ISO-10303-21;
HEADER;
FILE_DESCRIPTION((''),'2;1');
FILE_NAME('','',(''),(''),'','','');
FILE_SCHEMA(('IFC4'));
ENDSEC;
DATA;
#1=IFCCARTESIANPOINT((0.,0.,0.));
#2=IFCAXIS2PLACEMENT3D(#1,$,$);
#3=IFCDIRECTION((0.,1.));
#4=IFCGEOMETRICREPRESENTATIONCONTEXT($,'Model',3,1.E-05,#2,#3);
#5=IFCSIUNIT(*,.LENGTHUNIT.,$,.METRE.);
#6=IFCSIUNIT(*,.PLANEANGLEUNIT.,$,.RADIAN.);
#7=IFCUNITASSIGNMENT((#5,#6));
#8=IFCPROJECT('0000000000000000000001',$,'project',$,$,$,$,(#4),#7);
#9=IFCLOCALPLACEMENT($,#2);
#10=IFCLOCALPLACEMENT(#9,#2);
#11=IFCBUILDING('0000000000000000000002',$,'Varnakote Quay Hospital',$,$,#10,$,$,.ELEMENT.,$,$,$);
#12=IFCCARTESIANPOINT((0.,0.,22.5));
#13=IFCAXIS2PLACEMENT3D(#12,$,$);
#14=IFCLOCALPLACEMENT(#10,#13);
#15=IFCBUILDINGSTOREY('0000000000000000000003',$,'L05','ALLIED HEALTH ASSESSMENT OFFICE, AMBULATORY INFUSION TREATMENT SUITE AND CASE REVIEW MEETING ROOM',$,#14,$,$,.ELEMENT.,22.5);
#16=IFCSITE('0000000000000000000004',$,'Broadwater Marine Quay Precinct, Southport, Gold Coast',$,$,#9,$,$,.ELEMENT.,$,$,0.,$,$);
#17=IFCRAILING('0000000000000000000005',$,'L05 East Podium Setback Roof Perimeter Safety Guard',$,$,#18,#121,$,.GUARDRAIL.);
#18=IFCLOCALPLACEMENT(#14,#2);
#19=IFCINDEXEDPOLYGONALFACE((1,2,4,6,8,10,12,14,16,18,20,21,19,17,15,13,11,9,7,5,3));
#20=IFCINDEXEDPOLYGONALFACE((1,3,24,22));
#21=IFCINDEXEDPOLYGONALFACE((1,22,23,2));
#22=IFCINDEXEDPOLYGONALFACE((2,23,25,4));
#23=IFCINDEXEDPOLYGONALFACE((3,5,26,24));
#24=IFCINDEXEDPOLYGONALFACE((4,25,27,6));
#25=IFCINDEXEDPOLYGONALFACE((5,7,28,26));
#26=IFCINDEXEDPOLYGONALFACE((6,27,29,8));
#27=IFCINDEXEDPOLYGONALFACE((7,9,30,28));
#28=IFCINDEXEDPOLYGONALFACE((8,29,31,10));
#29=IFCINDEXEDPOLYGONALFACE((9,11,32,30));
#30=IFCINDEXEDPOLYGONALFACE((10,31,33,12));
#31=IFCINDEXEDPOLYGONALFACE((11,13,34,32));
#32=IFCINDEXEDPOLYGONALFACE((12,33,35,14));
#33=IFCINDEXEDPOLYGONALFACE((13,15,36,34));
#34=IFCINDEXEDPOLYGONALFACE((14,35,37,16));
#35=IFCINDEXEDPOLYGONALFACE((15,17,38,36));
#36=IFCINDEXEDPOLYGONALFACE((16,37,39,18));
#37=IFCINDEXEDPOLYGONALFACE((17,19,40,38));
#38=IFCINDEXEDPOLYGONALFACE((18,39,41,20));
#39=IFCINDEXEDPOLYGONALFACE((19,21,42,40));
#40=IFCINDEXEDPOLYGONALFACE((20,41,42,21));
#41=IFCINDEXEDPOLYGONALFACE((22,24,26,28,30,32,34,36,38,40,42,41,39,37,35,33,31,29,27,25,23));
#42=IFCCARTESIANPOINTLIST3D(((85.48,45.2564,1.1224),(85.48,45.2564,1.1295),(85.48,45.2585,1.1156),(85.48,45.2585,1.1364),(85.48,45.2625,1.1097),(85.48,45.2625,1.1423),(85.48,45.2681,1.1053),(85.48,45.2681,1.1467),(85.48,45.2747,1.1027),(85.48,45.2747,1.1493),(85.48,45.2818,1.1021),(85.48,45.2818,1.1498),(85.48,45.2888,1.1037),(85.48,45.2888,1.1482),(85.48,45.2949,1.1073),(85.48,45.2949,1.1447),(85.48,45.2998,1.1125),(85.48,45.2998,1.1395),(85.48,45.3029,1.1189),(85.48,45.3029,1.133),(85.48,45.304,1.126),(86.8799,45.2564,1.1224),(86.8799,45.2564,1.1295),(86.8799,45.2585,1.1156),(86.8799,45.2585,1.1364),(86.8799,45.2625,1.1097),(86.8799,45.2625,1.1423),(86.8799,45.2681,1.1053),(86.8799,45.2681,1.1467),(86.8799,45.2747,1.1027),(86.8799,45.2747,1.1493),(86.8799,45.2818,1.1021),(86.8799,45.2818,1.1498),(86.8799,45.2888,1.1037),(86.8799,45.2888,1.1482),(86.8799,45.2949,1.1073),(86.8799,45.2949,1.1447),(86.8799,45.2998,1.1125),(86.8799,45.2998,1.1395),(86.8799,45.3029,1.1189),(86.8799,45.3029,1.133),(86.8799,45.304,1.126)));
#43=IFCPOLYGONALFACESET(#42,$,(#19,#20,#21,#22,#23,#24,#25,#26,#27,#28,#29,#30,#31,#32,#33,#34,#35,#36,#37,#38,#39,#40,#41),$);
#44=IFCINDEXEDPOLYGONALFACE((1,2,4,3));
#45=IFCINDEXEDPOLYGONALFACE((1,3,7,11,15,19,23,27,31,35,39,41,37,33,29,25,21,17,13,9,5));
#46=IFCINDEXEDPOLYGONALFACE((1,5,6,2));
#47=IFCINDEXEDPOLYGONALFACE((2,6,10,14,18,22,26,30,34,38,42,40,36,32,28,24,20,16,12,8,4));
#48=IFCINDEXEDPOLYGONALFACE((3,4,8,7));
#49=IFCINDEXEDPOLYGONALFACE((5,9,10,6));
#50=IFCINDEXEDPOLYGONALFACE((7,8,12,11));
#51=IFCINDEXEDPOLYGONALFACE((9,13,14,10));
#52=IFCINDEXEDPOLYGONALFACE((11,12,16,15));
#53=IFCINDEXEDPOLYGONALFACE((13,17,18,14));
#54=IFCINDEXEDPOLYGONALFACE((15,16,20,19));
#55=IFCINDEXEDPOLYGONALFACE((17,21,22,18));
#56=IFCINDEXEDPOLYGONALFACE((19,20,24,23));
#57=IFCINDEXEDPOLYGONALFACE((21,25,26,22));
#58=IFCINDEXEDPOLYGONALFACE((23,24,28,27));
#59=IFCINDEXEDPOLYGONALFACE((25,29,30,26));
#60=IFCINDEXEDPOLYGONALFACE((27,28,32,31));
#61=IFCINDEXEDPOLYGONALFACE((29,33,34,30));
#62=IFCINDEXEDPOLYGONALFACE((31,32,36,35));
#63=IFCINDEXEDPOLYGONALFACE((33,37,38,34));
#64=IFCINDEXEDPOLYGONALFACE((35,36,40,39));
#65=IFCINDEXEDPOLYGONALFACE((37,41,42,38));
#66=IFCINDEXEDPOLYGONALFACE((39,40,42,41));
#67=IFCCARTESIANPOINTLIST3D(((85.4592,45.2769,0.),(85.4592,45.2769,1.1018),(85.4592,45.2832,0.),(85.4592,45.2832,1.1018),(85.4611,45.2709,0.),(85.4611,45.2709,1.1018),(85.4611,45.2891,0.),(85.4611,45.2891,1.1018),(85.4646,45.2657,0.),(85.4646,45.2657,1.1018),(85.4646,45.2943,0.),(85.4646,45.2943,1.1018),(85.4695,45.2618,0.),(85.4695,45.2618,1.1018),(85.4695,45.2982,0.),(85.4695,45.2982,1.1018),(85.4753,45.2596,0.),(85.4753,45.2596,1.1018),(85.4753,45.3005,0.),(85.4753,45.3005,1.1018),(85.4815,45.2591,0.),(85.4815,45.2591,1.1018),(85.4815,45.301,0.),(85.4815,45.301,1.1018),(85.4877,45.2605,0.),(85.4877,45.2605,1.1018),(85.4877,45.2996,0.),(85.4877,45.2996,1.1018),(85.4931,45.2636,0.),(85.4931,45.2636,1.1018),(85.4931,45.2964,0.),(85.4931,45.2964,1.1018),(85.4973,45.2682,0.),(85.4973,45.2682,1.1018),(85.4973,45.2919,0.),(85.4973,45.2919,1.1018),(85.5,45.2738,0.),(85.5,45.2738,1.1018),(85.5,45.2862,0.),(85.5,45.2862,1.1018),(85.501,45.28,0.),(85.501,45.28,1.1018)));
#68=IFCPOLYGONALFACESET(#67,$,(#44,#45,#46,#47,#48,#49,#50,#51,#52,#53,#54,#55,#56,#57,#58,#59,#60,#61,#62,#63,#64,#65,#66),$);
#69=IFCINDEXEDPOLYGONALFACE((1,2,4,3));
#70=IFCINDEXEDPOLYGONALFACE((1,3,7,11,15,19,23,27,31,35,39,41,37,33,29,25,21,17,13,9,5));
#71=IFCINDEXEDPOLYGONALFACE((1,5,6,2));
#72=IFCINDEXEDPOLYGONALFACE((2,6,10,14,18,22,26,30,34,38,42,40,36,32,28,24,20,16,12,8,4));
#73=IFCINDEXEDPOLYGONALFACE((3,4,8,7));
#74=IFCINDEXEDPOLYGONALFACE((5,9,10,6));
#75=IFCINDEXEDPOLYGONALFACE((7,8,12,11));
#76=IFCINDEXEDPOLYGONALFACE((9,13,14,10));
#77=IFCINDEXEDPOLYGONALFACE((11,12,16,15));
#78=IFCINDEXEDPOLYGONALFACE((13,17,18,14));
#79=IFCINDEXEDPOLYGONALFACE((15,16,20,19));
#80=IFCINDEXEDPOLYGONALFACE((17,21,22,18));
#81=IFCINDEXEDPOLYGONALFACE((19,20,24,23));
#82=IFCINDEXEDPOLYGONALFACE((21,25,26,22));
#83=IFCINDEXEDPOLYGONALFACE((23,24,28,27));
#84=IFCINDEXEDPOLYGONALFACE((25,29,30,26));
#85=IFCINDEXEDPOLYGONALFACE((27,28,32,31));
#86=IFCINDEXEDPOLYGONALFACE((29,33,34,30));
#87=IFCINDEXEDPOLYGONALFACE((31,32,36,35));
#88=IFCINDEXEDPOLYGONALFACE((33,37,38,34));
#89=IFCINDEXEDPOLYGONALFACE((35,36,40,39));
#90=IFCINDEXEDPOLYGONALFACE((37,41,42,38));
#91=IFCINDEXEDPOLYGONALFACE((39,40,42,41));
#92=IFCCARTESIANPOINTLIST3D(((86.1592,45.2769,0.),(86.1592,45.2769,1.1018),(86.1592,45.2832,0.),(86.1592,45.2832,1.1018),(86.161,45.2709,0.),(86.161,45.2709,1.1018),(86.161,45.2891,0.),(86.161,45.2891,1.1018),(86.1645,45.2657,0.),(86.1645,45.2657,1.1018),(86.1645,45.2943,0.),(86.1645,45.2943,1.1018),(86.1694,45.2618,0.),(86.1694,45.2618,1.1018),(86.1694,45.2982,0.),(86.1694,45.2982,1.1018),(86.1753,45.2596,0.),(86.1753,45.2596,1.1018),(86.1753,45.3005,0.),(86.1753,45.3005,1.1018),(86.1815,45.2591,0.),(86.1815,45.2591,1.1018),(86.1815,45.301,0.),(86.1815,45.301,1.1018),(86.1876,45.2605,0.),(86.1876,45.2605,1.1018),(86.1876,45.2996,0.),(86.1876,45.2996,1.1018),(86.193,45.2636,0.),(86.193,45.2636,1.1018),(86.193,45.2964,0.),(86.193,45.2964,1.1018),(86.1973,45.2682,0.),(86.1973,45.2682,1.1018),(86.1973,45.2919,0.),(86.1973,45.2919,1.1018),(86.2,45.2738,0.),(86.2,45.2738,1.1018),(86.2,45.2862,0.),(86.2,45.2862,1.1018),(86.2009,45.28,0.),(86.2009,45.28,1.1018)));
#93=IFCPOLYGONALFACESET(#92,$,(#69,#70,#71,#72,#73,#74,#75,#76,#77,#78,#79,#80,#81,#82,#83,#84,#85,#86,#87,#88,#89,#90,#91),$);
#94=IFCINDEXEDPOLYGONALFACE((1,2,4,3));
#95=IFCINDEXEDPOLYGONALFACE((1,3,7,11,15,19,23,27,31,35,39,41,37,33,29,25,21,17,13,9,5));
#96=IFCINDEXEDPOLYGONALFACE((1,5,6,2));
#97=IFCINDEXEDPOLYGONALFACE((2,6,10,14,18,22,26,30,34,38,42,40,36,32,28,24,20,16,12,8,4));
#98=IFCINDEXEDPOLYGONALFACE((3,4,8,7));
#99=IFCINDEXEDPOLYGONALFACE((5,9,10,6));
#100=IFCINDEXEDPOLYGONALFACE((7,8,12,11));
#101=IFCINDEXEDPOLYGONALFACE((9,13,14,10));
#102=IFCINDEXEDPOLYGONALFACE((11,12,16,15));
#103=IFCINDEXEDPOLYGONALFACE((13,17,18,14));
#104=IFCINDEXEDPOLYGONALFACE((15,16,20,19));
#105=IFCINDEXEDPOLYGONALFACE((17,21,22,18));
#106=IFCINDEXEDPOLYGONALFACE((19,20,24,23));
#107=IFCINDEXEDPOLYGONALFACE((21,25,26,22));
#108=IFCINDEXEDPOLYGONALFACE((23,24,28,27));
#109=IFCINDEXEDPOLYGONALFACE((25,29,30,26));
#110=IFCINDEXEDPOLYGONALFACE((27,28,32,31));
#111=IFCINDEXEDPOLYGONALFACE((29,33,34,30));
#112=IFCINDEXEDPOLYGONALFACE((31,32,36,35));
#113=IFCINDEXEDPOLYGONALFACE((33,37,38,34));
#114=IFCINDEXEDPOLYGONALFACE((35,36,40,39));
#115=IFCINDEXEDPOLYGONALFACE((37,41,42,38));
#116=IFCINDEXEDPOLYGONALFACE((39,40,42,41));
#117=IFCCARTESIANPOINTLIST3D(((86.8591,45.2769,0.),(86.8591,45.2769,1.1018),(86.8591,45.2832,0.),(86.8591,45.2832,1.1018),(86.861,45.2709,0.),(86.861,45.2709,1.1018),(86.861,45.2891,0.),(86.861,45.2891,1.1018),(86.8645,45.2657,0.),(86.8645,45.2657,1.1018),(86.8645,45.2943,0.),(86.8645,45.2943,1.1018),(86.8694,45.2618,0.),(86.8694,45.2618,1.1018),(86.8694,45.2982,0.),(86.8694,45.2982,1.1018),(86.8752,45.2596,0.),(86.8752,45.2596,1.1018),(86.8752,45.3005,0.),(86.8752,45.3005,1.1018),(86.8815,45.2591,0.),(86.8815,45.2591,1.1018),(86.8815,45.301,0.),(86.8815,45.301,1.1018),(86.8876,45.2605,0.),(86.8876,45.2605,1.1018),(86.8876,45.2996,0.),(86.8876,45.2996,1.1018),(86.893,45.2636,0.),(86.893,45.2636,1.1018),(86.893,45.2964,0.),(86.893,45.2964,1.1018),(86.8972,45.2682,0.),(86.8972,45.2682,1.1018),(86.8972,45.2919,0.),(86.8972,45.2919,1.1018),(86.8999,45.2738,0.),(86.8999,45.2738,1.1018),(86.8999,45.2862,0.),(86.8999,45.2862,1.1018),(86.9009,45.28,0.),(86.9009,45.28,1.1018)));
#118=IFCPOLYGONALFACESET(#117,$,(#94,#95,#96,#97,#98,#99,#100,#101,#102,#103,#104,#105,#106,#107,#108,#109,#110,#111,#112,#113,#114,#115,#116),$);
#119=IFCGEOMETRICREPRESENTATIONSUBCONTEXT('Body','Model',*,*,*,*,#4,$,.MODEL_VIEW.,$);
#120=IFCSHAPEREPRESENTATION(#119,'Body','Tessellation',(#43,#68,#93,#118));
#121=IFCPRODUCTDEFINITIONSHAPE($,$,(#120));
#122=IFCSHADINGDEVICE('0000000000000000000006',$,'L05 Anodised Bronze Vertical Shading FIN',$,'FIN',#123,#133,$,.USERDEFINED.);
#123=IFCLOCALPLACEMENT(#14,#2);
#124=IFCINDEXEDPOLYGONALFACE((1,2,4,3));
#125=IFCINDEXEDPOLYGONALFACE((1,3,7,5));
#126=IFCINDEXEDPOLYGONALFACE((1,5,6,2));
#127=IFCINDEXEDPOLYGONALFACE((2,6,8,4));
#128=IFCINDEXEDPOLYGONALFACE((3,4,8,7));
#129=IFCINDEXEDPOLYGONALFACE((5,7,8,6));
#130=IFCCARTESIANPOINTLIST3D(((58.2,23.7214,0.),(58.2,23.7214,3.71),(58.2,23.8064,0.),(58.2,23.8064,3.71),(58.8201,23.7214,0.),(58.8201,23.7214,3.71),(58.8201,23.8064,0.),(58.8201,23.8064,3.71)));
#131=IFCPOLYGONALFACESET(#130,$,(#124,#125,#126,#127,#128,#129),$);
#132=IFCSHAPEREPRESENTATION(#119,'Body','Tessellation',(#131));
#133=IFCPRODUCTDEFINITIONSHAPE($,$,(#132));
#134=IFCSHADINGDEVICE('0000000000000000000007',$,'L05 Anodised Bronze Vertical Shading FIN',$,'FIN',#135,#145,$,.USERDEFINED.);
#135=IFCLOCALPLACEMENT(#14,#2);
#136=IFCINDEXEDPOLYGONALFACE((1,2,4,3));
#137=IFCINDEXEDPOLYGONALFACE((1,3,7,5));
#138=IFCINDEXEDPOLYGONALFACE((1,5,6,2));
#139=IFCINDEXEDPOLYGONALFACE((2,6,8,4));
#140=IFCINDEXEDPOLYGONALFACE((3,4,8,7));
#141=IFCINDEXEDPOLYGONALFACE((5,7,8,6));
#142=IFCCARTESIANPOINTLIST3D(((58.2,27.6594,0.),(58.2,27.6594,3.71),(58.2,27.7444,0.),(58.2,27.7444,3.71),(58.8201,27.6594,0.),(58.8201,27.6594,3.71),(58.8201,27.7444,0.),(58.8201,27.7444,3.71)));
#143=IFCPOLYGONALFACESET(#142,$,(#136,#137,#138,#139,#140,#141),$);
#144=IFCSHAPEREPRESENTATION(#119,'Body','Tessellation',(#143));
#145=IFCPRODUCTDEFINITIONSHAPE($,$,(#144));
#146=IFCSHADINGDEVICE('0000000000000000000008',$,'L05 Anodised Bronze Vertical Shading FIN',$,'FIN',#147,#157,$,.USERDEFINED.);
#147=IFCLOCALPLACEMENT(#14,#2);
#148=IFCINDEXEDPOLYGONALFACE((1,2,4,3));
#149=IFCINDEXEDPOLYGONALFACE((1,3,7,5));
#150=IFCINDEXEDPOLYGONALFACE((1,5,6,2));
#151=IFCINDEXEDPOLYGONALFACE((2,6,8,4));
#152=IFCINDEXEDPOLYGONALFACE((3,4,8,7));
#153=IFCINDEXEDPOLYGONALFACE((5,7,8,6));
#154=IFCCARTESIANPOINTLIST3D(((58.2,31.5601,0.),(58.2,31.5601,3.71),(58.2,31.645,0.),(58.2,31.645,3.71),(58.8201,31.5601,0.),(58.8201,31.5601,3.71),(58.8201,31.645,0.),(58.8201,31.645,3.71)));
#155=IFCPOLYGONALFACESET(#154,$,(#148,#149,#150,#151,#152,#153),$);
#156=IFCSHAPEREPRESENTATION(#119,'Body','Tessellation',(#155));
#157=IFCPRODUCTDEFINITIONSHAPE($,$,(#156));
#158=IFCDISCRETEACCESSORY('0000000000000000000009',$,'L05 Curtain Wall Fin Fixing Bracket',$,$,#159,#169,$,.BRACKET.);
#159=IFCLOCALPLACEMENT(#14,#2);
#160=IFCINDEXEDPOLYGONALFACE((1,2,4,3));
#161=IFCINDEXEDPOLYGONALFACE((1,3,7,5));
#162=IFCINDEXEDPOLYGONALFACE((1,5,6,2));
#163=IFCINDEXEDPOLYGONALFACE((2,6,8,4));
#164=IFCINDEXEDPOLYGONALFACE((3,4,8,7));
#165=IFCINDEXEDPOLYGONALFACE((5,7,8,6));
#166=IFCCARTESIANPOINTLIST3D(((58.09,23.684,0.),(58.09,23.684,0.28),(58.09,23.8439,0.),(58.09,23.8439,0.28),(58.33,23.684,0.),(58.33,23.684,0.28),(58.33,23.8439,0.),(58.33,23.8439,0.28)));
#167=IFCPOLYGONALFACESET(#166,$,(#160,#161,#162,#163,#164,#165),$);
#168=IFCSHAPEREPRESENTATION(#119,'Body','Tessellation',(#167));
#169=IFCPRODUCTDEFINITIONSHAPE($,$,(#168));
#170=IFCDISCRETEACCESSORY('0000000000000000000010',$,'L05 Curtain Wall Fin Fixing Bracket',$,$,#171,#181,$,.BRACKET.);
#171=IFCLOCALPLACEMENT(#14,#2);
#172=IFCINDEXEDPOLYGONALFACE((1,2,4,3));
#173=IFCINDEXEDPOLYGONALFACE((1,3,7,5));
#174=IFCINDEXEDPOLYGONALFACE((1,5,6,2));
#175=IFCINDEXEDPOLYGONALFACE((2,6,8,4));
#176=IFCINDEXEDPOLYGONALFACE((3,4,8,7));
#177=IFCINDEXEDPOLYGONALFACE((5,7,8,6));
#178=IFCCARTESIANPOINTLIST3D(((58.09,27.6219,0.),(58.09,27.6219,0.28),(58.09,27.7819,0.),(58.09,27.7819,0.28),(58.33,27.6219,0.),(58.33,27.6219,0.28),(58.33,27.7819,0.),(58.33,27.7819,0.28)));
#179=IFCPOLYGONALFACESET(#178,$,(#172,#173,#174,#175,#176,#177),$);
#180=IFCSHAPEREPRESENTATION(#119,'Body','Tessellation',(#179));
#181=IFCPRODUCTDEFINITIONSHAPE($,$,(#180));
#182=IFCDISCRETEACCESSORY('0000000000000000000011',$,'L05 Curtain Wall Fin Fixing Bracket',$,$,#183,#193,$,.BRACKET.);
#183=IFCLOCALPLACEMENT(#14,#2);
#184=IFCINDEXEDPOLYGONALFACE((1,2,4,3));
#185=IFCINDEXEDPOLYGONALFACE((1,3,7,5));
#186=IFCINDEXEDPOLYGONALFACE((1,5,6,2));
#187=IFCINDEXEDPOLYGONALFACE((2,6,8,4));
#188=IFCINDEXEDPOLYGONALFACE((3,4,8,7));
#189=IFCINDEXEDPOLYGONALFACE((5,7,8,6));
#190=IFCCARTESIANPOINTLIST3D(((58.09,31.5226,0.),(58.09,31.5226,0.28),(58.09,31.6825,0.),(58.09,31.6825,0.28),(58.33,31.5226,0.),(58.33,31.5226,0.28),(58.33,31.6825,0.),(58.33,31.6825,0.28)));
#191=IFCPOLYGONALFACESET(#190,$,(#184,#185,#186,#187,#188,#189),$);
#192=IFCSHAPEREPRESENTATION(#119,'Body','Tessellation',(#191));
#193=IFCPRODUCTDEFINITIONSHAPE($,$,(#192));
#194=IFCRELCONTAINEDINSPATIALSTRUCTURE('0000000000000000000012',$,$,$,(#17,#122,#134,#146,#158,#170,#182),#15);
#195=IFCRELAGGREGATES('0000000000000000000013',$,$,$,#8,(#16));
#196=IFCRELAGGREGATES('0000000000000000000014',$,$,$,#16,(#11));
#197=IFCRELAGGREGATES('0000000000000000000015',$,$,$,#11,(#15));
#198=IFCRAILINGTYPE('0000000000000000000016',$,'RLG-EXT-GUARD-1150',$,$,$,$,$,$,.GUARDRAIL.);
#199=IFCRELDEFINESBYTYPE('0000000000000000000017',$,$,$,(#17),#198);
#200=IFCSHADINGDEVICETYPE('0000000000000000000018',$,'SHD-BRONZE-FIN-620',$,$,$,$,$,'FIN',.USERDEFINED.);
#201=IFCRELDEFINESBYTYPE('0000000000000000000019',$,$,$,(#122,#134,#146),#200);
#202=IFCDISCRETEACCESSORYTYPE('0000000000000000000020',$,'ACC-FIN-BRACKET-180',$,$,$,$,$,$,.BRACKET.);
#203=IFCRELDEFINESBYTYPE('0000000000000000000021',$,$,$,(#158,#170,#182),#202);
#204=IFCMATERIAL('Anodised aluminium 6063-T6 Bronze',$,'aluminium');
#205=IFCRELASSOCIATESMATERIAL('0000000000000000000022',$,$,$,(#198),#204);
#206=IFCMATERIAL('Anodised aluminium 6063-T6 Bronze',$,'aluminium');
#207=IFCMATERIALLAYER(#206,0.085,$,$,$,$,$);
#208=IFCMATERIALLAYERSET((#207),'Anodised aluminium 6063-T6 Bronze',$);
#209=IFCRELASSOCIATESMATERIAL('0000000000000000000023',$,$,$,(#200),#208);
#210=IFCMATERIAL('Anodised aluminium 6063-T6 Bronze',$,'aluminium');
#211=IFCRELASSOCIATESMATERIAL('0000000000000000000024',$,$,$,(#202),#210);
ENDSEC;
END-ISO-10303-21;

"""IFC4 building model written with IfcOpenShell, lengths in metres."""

from ifc_helpers import new_model, si_unit, direction, frame, origin, origin_2d, place, context, subcontext, project, spatial, rectangle, circle, extrude, material, layer, layer_set, type_object, element, save


model = new_model("IFC4")

# Units and contexts
model_context = context("Model", 3, precision=1e-05, world=origin(), true_north=direction((0.0, 1.0)))
body_context = subcontext(model_context, "Body", "Model", "MODEL_VIEW")
ifc_project = project(units=[si_unit("LENGTHUNIT", "METRE"), si_unit("PLANEANGLEUNIT", "RADIAN")], contexts=[model_context])

# Site, building, storey
site_placement = place(None, origin())
site = spatial("IfcSite", under=ifc_project, at=site_placement, Name="Broadwater Marine Quay Precinct, Southport, Gold Coast", CompositionType="ELEMENT", RefElevation=0.0)
building_placement = place(site_placement, origin())
building = spatial("IfcBuilding", under=site, at=building_placement, Name="Varnakote Quay Hospital", CompositionType="ELEMENT")
storey_placement = place(building_placement, frame((0.0, 0.0, 22.5)))
storey = spatial("IfcBuildingStorey", under=building, at=storey_placement, Name="L05", Description="ALLIED HEALTH ASSESSMENT OFFICE, AMBULATORY INFUSION TREATMENT SUITE AND CASE REVIEW MEETING ROOM", CompositionType="ELEMENT", Elevation=22.5)

# Railing
ifc_material_1 = material(Name="Anodised aluminium 6063-T6 Bronze", Category="aluminium")
railing_type = type_object("IfcRailingType", Name="RLG-EXT-GUARD-1150", PredefinedType="GUARDRAIL", material=ifc_material_1)
railing_1_placement = place(storey_placement, frame((85.48, 45.28, 0.0)))
element("IfcRailing", 1, at=railing_1_placement, inside=storey, type_object=railing_type, Name="L05 East Podium Setback Roof Perimeter Safety Guard", PredefinedType="GUARDRAIL", context=body_context, shape_type="SweptSolid", body=[
    extrude(circle(Radius=0.0239, at=origin_2d()), frame((0.0, 0.0, 1.126), z_axis=(1.0, 0.0, 0.0), x_axis=(0.0, 1.0, 0.0)), (0.0, 0.0, 1.0), 1.3999),
    extrude(circle(Radius=0.021, at=origin_2d()), origin(), (0.0, 0.0, 1.0), 1.1018),
    extrude(circle(Radius=0.021, at=origin_2d()), frame((0.7, 0.0, 0.0)), (0.0, 0.0, 1.0), 1.1018),
    extrude(circle(Radius=0.021, at=origin_2d()), frame((1.3999, 0.0, 0.0)), (0.0, 0.0, 1.0), 1.1018),
])

# Shading devices
ifc_material_2 = material(Name="Anodised aluminium 6063-T6 Bronze", Category="aluminium")
ifc_layer_1 = layer(ifc_material_2, 0.085)
ifc_layer_set_1 = layer_set([ifc_layer_1], Name="Anodised aluminium 6063-T6 Bronze")
shading_device_type = type_object("IfcShadingDeviceType", Name="SHD-BRONZE-FIN-620", ElementType="FIN", PredefinedType="USERDEFINED", material=ifc_layer_set_1)
for number, where, z_axis, x_axis, name in (
    (2, (58.51, 23.7639, 0.0), (0.0, 0.0, 1.0), (-1.0, 0.0, 0.0), "L05 Anodised Bronze Vertical Shading FIN"),
    (3, (58.51, 27.7019, 0.0), (0.0, 0.0, 1.0), (-1.0, 0.0, 0.0), "L05 Anodised Bronze Vertical Shading FIN"),
    (4, (58.51, 31.6025, 0.0), (0.0, 0.0, 1.0), (-1.0, 0.0, 0.0), "L05 Anodised Bronze Vertical Shading FIN"),
):
    element("IfcShadingDevice", number, at=place(storey_placement, frame(where, z_axis=z_axis, x_axis=x_axis)), inside=storey, type_object=shading_device_type, Name=name, ObjectType="FIN", PredefinedType="USERDEFINED", context=body_context, shape_type="SweptSolid", body=[
        extrude(rectangle(XDim=0.6201, YDim=0.085, at=origin_2d()), origin(), (0.0, 0.0, 1.0), 3.71),
    ])

# Discrete accessories
ifc_material_3 = material(Name="Anodised aluminium 6063-T6 Bronze", Category="aluminium")
discrete_accessory_type = type_object("IfcDiscreteAccessoryType", Name="ACC-FIN-BRACKET-180", PredefinedType="BRACKET", material=ifc_material_3)
for number, where, z_axis, x_axis, name in (
    (5, (58.21, 23.7639, 0.0), (0.0, 0.0, 1.0), (0.0, 1.0, 0.0), "L05 Curtain Wall Fin Fixing Bracket"),
    (6, (58.21, 27.7019, 0.0), (0.0, 0.0, 1.0), (0.0, 1.0, 0.0), "L05 Curtain Wall Fin Fixing Bracket"),
    (7, (58.21, 31.6025, 0.0), (0.0, 0.0, 1.0), (0.0, 1.0, 0.0), "L05 Curtain Wall Fin Fixing Bracket"),
):
    element("IfcDiscreteAccessory", number, at=place(storey_placement, frame(where, z_axis=z_axis, x_axis=x_axis)), inside=storey, type_object=discrete_accessory_type, Name=name, PredefinedType="BRACKET", context=body_context, shape_type="SweptSolid", body=[
        extrude(rectangle(XDim=0.1599, YDim=0.24, at=origin_2d()), origin(), (0.0, 0.0, 1.0), 0.28),
    ])

save(model, "model.ifc")
